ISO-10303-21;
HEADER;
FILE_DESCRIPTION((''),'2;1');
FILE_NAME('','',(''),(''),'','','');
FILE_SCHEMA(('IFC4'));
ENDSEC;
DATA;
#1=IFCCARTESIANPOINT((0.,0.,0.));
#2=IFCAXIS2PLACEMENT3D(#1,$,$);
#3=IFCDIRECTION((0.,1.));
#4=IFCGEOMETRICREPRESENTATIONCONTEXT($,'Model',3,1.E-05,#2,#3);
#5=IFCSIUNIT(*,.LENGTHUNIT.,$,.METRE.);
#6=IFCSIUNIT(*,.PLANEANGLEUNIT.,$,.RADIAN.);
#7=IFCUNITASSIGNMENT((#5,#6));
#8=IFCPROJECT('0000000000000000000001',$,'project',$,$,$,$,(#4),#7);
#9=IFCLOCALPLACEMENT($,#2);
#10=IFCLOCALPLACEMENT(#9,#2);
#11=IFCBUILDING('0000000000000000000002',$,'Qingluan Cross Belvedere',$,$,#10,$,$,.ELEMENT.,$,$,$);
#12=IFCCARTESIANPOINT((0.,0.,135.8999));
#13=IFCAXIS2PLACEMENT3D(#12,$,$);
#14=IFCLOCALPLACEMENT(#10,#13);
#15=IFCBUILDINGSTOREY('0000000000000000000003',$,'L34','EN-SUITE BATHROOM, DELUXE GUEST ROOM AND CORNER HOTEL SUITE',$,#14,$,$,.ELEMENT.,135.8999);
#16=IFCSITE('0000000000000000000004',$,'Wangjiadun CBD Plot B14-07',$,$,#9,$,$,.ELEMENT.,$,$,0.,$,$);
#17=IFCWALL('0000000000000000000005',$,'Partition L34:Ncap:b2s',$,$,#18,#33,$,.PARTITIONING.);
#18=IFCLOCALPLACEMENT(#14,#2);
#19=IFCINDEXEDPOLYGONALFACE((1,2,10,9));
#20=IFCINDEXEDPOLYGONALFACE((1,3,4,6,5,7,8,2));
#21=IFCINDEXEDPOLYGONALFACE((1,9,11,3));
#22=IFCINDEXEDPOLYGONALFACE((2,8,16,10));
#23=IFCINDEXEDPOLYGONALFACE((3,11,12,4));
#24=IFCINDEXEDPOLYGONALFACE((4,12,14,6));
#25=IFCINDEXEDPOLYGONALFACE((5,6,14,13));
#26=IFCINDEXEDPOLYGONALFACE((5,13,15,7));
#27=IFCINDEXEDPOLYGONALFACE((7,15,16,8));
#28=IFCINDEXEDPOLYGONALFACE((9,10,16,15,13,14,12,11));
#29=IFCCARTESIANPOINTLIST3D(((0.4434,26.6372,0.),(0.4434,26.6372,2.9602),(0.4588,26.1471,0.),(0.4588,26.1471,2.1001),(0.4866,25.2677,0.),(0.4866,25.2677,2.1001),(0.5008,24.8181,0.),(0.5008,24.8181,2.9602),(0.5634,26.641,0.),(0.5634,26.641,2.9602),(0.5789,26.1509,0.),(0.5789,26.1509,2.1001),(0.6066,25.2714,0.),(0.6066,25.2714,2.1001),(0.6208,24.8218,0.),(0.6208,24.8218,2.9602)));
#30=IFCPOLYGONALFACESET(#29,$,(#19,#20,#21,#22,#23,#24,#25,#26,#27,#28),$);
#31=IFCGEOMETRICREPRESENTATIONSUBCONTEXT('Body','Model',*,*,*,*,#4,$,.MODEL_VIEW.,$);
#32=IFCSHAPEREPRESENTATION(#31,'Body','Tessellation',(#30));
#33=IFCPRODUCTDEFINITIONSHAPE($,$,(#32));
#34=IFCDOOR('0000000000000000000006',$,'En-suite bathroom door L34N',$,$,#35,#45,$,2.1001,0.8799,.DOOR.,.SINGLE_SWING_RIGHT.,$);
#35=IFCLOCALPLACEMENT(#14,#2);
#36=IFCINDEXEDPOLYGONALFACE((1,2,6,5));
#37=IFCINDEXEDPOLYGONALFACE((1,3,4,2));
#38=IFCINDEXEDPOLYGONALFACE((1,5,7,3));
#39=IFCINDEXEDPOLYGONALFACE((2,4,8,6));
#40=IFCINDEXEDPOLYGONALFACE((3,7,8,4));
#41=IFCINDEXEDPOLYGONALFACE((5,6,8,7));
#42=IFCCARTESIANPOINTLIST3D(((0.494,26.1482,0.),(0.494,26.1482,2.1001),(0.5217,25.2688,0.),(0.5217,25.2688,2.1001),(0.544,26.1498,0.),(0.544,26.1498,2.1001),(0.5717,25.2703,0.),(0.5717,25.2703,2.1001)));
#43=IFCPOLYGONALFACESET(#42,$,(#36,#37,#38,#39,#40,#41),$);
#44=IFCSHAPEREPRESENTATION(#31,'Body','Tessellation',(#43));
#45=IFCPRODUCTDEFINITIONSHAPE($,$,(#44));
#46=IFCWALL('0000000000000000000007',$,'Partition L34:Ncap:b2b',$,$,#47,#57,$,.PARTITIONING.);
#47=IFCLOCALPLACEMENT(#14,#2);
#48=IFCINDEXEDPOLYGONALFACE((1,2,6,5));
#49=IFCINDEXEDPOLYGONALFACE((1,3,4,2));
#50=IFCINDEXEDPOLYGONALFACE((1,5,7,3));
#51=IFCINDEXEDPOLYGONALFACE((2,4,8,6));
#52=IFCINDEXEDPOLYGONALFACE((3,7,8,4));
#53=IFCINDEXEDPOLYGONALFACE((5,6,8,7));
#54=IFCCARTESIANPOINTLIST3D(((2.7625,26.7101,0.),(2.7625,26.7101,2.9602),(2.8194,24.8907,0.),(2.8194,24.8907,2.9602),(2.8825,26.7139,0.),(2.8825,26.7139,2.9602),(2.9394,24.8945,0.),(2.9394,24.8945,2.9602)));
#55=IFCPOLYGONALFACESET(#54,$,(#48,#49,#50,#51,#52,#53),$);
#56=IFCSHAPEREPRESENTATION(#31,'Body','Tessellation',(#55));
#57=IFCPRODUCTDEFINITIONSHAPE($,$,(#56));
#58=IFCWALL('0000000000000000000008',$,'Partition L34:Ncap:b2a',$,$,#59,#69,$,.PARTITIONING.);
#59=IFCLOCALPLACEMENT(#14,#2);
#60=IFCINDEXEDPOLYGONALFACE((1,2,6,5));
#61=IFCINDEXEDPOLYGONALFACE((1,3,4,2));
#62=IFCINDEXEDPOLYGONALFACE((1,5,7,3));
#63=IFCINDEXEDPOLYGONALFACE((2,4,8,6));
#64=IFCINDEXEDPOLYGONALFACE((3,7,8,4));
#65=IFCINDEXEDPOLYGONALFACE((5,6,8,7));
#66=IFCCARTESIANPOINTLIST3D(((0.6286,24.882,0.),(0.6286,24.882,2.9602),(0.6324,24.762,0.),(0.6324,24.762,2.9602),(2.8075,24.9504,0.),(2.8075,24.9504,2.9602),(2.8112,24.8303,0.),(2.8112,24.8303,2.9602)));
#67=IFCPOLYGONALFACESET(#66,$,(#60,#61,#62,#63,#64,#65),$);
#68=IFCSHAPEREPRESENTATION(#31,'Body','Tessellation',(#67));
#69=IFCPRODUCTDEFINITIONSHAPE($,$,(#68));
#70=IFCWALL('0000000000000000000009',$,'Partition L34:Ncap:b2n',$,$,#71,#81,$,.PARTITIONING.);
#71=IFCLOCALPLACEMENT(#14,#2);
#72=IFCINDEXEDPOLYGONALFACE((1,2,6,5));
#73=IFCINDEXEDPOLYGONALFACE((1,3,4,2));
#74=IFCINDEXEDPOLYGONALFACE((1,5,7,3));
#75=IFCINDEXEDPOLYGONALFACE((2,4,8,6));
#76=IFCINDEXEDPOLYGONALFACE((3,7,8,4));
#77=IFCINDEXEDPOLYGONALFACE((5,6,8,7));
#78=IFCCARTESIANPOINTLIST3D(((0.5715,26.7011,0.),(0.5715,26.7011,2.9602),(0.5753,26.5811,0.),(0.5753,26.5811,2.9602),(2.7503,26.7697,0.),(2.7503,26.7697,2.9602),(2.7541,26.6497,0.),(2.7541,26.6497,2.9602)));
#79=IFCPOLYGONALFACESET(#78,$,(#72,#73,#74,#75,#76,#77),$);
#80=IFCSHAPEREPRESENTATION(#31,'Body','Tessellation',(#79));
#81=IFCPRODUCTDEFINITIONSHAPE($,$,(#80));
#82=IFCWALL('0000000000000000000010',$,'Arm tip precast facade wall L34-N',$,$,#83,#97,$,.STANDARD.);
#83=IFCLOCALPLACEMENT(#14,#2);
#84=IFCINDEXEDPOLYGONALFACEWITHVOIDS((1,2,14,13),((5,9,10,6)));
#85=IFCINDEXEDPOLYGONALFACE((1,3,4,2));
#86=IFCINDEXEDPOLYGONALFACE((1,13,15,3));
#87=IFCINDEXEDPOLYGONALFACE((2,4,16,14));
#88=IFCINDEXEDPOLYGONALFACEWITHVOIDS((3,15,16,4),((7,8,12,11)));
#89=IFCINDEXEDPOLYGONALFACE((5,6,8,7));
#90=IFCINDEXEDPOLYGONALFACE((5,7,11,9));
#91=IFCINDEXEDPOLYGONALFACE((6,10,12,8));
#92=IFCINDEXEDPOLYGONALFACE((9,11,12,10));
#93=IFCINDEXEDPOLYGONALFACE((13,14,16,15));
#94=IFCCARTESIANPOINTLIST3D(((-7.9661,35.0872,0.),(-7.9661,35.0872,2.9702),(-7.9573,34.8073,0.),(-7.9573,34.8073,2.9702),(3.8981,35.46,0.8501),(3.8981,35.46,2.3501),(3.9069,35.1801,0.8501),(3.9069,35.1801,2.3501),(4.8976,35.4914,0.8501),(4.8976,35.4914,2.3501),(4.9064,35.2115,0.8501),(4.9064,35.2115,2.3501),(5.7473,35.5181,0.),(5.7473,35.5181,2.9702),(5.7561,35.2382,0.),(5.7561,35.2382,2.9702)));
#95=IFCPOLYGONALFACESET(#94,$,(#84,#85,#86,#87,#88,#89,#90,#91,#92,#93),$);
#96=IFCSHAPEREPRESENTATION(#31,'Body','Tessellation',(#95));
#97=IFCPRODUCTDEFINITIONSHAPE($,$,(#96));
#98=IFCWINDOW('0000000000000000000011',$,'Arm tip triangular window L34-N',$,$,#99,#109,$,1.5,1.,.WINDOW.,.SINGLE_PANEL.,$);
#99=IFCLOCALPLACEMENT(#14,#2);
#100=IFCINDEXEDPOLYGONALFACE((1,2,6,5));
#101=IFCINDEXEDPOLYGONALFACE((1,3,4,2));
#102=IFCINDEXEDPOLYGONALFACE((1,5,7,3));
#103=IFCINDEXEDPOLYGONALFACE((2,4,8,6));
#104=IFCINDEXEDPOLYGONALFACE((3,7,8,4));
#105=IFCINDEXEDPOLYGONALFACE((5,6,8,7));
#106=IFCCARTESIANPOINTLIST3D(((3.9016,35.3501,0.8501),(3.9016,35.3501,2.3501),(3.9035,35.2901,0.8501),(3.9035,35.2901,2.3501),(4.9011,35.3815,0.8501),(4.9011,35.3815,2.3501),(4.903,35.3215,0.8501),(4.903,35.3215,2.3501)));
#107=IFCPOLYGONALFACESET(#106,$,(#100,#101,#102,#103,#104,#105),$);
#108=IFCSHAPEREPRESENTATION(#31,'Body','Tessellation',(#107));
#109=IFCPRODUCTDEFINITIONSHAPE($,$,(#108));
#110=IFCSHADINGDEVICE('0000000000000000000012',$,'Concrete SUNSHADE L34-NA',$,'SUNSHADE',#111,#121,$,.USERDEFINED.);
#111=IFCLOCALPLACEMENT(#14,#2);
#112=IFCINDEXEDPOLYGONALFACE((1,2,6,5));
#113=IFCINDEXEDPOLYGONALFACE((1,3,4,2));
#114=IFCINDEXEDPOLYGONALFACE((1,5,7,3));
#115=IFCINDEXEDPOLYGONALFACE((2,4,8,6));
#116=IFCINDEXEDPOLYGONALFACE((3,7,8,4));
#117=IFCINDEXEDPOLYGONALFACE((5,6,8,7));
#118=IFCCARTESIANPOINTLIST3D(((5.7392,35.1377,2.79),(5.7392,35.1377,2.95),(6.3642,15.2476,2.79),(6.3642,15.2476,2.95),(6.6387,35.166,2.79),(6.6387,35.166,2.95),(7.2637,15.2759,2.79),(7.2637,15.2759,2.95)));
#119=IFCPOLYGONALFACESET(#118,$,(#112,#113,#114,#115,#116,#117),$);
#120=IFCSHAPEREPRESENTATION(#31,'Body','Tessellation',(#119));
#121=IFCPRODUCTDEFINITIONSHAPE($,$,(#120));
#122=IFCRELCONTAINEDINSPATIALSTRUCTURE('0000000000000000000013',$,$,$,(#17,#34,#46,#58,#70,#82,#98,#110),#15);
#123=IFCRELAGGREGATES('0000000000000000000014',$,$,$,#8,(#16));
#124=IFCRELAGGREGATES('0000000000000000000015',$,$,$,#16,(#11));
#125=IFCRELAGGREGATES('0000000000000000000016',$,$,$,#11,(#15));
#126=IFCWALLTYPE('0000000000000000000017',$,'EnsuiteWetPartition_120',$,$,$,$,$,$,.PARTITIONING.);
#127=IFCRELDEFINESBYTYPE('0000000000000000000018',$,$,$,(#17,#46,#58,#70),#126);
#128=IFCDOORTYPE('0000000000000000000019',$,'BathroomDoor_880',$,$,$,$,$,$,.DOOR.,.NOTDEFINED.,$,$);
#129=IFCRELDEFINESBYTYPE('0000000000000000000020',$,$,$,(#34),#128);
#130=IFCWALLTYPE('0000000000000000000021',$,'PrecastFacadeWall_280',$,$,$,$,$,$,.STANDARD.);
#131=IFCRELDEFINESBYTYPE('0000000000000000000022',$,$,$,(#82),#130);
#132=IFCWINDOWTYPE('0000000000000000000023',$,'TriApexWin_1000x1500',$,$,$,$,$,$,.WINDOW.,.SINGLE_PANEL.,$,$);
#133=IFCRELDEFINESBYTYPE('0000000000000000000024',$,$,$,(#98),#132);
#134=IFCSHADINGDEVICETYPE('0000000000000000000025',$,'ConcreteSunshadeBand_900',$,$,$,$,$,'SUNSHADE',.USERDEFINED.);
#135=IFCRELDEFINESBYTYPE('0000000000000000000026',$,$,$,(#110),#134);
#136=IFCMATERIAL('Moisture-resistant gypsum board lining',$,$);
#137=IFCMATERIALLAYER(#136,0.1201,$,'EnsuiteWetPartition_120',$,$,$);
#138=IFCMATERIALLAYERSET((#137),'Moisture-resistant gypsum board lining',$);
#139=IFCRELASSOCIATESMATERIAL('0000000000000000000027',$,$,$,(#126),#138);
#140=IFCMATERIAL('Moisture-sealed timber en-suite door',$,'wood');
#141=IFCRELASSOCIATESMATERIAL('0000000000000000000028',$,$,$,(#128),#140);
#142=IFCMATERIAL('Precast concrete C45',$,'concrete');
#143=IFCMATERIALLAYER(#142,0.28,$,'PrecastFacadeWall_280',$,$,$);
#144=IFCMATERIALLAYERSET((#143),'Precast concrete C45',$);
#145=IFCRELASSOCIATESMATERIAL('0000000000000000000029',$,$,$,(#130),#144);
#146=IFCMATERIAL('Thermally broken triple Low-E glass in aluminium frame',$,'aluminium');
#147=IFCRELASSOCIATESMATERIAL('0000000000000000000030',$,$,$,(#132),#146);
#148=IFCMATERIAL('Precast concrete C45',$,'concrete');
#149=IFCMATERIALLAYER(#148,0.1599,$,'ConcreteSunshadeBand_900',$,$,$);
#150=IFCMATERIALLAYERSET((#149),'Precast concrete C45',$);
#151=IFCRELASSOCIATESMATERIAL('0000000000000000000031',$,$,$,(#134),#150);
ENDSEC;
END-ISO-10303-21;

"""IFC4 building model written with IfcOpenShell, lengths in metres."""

from ifc_helpers import new_model, si_unit, direction, frame, frame_2d, origin, origin_2d, place, context, subcontext, project, spatial, rectangle, extrude, material, layer, layer_set, type_object, element, fill, save


model = new_model("IFC4")

# Units and contexts
model_context = context("Model", 3, precision=1e-05, world=origin(), true_north=direction((0.0, 1.0)))
body_context = subcontext(model_context, "Body", "Model", "MODEL_VIEW")
ifc_project = project(units=[si_unit("LENGTHUNIT", "METRE"), si_unit("PLANEANGLEUNIT", "RADIAN")], contexts=[model_context])

# Site, building, storey
site_placement = place(None, origin())
site = spatial("IfcSite", under=ifc_project, at=site_placement, Name="Wangjiadun CBD Plot B14-07", CompositionType="ELEMENT", RefElevation=0.0)
building_placement = place(site_placement, origin())
building = spatial("IfcBuilding", under=site, at=building_placement, Name="Qingluan Cross Belvedere", CompositionType="ELEMENT")
storey_placement = place(building_placement, frame((0.0, 0.0, 135.8999)))
storey = spatial("IfcBuildingStorey", under=building, at=storey_placement, Name="L34", Description="EN-SUITE BATHROOM, DELUXE GUEST ROOM AND CORNER HOTEL SUITE", CompositionType="ELEMENT", Elevation=135.8999)

# Shared definitions
ifc_material_1 = material(Name="Moisture-resistant gypsum board lining")
ifc_layer_1 = layer(ifc_material_1, 0.1201, Name="EnsuiteWetPartition_120")
ifc_layer_set_1 = layer_set([ifc_layer_1], Name="Moisture-resistant gypsum board lining")
wall_type_1 = type_object("IfcWallType", Name="EnsuiteWetPartition_120", PredefinedType="PARTITIONING", material=ifc_layer_set_1)
ifc_material_2 = material(Name="Moisture-sealed timber en-suite door", Category="wood")
door_type_1 = type_object("IfcDoorType", Name="BathroomDoor_880", OperationType="NOTDEFINED", PredefinedType="DOOR", material=ifc_material_2)

# Wall, opening, door
wall_1_placement = place(storey_placement, frame((0.5608, 24.8198, 0.0), z_axis=(0.0, 0.0, 1.0), x_axis=(-0.031524, 0.999503, 0.0)))
wall_1 = element("IfcWall", 1, at=wall_1_placement, inside=storey, type_object=wall_type_1, Name="Partition L34:Ncap:b2s", PredefinedType="PARTITIONING", context=body_context, shape_type="SweptSolid", body=[
    extrude(rectangle(XDim=1.8201, YDim=0.1201, at=frame_2d((0.9102, 0.0))), origin(), (0.0, 0.0, 1.0), 2.9602),
])
opening_1_placement = place(wall_1_placement, frame((0.45, 0.0, 0.0)))
opening_1 = element("IfcOpeningElement", 2, at=opening_1_placement, cuts=wall_1, PredefinedType="OPENING", context=body_context, shape_type="SweptSolid", body=[
    extrude(rectangle(XDim=0.8799, YDim=2.1001, at=frame_2d((0.4399, 1.05))), frame((0.0, 0.0701, 0.0), z_axis=(0.0, -1.0, 0.0), x_axis=(1.0, 0.0, 0.0)), (0.0, 0.0, 1.0), 0.1401),
])
door_1_placement = place(opening_1_placement, origin())
door_1 = element("IfcDoor", 3, at=door_1_placement, inside=storey, type_object=door_type_1, Name="En-suite bathroom door L34N", OperationType="SINGLE_SWING_RIGHT", OverallHeight=2.1001, OverallWidth=0.8799, PredefinedType="DOOR", context=body_context, shape_type="SweptSolid", body=[
    extrude(rectangle(XDim=0.8799, YDim=2.1001, at=frame_2d((0.4399, 1.05))), frame((0.0, 0.0249, 0.0), z_axis=(0.0, -1.0, 0.0), x_axis=(1.0, 0.0, 0.0)), (0.0, 0.0, 1.0), 0.05),
])
fill(opening_1, door_1)

# Walls
wall_2_placement = place(storey_placement, frame((2.8794, 24.8926, 0.0), z_axis=(0.0, 0.0, 1.0), x_axis=(-0.031252, 0.999512, 0.0)))
element("IfcWall", 4, at=wall_2_placement, inside=storey, type_object=wall_type_1, Name="Partition L34:Ncap:b2b", PredefinedType="PARTITIONING", context=body_context, shape_type="SweptSolid", body=[
    extrude(rectangle(XDim=1.8203, YDim=0.1201, at=frame_2d((0.9102, 0.0))), origin(), (0.0, 0.0, 1.0), 2.9602),
])
for number, where, z_axis, x_axis, name in (
    (5, (0.6306, 24.822, 0.0), (0.0, 0.0, 1.0), (0.999508, 0.031357, 0.0), "Partition L34:Ncap:b2a"),
    (6, (0.5735, 26.6411, 0.0), (0.0, 0.0, 1.0), (0.999505, 0.031469, 0.0), "Partition L34:Ncap:b2n"),
):
    element("IfcWall", number, at=place(storey_placement, frame(where, z_axis=z_axis, x_axis=x_axis)), inside=storey, type_object=wall_type_1, Name=name, PredefinedType="PARTITIONING", context=body_context, shape_type="SweptSolid", body=[
        extrude(rectangle(XDim=2.1799, YDim=0.1201, at=frame_2d((1.0898, 0.0))), origin(), (0.0, 0.0, 1.0), 2.9602),
    ])

# Wall, opening, window
ifc_material_3 = material(Name="Precast concrete C45", Category="concrete")
ifc_layer_2 = layer(ifc_material_3, 0.28, Name="PrecastFacadeWall_280")
ifc_layer_set_2 = layer_set([ifc_layer_2], Name="Precast concrete C45")
wall_type_2 = type_object("IfcWallType", Name="PrecastFacadeWall_280", PredefinedType="STANDARD", material=ifc_layer_set_2)
wall_3_placement = place(storey_placement, frame((5.7517, 35.3782, 0.0), z_axis=(0.0, 0.0, 1.0), x_axis=(-0.999507, -0.031407, 0.0)))
wall_3 = element("IfcWall", 7, at=wall_3_placement, inside=storey, type_object=wall_type_2, Name="Arm tip precast facade wall L34-N", PredefinedType="STANDARD", context=body_context, shape_type="SweptSolid", body=[
    extrude(rectangle(XDim=13.7202, YDim=0.28, at=frame_2d((6.8601, 0.0))), origin(), (0.0, 0.0, 1.0), 2.9702),
])
opening_2_placement = place(wall_3_placement, frame((0.8501, 0.0, 0.8501)))
opening_2 = element("IfcOpeningElement", 8, at=opening_2_placement, cuts=wall_3, PredefinedType="OPENING", context=body_context, shape_type="SweptSolid", body=[
    extrude(rectangle(XDim=1.0, YDim=1.5, at=frame_2d((0.5, 0.75))), frame((0.0, 0.1499, 0.0), z_axis=(0.0, -1.0, 0.0), x_axis=(1.0, 0.0, 0.0)), (0.0, 0.0, 1.0), 0.3),
])
ifc_material_4 = material(Name="Thermally broken triple Low-E glass in aluminium frame", Category="aluminium")
window_type = type_object("IfcWindowType", Name="TriApexWin_1000x1500", PartitioningType="SINGLE_PANEL", PredefinedType="WINDOW", material=ifc_material_4)
window_placement = place(opening_2_placement, origin())
window = element("IfcWindow", 9, at=window_placement, inside=storey, type_object=window_type, Name="Arm tip triangular window L34-N", OverallHeight=1.5, OverallWidth=1.0, PartitioningType="SINGLE_PANEL", PredefinedType="WINDOW", context=body_context, shape_type="SweptSolid", body=[
    extrude(rectangle(XDim=1.0, YDim=1.5, at=frame_2d((0.5, 0.75))), frame((0.0, 0.03, 0.0), z_axis=(0.0, -1.0, 0.0), x_axis=(1.0, 0.0, 0.0)), (0.0, 0.0, 1.0), 0.0601),
])
fill(opening_2, window)

# Shading device
ifc_material_5 = material(Name="Precast concrete C45", Category="concrete")
ifc_layer_3 = layer(ifc_material_5, 0.1599, Name="ConcreteSunshadeBand_900")
ifc_layer_set_3 = layer_set([ifc_layer_3], Name="Precast concrete C45")
shading_device_type = type_object("IfcShadingDeviceType", Name="ConcreteSunshadeBand_900", ElementType="SUNSHADE", PredefinedType="USERDEFINED", material=ifc_layer_set_3)
shading_device_placement = place(storey_placement, frame((6.5015, 25.2068, 2.79), z_axis=(0.0, 0.0, 1.0), x_axis=(-0.031408, 0.999507, 0.0)))
element("IfcShadingDevice", 10, at=shading_device_placement, inside=storey, type_object=shading_device_type, Name="Concrete SUNSHADE L34-NA", ObjectType="SUNSHADE", PredefinedType="USERDEFINED", context=body_context, shape_type="SweptSolid", body=[
    extrude(rectangle(XDim=19.8999, YDim=0.8999, at=origin_2d()), origin(), (0.0, 0.0, 1.0), 0.1599),
])

save(model, "model.ifc")
